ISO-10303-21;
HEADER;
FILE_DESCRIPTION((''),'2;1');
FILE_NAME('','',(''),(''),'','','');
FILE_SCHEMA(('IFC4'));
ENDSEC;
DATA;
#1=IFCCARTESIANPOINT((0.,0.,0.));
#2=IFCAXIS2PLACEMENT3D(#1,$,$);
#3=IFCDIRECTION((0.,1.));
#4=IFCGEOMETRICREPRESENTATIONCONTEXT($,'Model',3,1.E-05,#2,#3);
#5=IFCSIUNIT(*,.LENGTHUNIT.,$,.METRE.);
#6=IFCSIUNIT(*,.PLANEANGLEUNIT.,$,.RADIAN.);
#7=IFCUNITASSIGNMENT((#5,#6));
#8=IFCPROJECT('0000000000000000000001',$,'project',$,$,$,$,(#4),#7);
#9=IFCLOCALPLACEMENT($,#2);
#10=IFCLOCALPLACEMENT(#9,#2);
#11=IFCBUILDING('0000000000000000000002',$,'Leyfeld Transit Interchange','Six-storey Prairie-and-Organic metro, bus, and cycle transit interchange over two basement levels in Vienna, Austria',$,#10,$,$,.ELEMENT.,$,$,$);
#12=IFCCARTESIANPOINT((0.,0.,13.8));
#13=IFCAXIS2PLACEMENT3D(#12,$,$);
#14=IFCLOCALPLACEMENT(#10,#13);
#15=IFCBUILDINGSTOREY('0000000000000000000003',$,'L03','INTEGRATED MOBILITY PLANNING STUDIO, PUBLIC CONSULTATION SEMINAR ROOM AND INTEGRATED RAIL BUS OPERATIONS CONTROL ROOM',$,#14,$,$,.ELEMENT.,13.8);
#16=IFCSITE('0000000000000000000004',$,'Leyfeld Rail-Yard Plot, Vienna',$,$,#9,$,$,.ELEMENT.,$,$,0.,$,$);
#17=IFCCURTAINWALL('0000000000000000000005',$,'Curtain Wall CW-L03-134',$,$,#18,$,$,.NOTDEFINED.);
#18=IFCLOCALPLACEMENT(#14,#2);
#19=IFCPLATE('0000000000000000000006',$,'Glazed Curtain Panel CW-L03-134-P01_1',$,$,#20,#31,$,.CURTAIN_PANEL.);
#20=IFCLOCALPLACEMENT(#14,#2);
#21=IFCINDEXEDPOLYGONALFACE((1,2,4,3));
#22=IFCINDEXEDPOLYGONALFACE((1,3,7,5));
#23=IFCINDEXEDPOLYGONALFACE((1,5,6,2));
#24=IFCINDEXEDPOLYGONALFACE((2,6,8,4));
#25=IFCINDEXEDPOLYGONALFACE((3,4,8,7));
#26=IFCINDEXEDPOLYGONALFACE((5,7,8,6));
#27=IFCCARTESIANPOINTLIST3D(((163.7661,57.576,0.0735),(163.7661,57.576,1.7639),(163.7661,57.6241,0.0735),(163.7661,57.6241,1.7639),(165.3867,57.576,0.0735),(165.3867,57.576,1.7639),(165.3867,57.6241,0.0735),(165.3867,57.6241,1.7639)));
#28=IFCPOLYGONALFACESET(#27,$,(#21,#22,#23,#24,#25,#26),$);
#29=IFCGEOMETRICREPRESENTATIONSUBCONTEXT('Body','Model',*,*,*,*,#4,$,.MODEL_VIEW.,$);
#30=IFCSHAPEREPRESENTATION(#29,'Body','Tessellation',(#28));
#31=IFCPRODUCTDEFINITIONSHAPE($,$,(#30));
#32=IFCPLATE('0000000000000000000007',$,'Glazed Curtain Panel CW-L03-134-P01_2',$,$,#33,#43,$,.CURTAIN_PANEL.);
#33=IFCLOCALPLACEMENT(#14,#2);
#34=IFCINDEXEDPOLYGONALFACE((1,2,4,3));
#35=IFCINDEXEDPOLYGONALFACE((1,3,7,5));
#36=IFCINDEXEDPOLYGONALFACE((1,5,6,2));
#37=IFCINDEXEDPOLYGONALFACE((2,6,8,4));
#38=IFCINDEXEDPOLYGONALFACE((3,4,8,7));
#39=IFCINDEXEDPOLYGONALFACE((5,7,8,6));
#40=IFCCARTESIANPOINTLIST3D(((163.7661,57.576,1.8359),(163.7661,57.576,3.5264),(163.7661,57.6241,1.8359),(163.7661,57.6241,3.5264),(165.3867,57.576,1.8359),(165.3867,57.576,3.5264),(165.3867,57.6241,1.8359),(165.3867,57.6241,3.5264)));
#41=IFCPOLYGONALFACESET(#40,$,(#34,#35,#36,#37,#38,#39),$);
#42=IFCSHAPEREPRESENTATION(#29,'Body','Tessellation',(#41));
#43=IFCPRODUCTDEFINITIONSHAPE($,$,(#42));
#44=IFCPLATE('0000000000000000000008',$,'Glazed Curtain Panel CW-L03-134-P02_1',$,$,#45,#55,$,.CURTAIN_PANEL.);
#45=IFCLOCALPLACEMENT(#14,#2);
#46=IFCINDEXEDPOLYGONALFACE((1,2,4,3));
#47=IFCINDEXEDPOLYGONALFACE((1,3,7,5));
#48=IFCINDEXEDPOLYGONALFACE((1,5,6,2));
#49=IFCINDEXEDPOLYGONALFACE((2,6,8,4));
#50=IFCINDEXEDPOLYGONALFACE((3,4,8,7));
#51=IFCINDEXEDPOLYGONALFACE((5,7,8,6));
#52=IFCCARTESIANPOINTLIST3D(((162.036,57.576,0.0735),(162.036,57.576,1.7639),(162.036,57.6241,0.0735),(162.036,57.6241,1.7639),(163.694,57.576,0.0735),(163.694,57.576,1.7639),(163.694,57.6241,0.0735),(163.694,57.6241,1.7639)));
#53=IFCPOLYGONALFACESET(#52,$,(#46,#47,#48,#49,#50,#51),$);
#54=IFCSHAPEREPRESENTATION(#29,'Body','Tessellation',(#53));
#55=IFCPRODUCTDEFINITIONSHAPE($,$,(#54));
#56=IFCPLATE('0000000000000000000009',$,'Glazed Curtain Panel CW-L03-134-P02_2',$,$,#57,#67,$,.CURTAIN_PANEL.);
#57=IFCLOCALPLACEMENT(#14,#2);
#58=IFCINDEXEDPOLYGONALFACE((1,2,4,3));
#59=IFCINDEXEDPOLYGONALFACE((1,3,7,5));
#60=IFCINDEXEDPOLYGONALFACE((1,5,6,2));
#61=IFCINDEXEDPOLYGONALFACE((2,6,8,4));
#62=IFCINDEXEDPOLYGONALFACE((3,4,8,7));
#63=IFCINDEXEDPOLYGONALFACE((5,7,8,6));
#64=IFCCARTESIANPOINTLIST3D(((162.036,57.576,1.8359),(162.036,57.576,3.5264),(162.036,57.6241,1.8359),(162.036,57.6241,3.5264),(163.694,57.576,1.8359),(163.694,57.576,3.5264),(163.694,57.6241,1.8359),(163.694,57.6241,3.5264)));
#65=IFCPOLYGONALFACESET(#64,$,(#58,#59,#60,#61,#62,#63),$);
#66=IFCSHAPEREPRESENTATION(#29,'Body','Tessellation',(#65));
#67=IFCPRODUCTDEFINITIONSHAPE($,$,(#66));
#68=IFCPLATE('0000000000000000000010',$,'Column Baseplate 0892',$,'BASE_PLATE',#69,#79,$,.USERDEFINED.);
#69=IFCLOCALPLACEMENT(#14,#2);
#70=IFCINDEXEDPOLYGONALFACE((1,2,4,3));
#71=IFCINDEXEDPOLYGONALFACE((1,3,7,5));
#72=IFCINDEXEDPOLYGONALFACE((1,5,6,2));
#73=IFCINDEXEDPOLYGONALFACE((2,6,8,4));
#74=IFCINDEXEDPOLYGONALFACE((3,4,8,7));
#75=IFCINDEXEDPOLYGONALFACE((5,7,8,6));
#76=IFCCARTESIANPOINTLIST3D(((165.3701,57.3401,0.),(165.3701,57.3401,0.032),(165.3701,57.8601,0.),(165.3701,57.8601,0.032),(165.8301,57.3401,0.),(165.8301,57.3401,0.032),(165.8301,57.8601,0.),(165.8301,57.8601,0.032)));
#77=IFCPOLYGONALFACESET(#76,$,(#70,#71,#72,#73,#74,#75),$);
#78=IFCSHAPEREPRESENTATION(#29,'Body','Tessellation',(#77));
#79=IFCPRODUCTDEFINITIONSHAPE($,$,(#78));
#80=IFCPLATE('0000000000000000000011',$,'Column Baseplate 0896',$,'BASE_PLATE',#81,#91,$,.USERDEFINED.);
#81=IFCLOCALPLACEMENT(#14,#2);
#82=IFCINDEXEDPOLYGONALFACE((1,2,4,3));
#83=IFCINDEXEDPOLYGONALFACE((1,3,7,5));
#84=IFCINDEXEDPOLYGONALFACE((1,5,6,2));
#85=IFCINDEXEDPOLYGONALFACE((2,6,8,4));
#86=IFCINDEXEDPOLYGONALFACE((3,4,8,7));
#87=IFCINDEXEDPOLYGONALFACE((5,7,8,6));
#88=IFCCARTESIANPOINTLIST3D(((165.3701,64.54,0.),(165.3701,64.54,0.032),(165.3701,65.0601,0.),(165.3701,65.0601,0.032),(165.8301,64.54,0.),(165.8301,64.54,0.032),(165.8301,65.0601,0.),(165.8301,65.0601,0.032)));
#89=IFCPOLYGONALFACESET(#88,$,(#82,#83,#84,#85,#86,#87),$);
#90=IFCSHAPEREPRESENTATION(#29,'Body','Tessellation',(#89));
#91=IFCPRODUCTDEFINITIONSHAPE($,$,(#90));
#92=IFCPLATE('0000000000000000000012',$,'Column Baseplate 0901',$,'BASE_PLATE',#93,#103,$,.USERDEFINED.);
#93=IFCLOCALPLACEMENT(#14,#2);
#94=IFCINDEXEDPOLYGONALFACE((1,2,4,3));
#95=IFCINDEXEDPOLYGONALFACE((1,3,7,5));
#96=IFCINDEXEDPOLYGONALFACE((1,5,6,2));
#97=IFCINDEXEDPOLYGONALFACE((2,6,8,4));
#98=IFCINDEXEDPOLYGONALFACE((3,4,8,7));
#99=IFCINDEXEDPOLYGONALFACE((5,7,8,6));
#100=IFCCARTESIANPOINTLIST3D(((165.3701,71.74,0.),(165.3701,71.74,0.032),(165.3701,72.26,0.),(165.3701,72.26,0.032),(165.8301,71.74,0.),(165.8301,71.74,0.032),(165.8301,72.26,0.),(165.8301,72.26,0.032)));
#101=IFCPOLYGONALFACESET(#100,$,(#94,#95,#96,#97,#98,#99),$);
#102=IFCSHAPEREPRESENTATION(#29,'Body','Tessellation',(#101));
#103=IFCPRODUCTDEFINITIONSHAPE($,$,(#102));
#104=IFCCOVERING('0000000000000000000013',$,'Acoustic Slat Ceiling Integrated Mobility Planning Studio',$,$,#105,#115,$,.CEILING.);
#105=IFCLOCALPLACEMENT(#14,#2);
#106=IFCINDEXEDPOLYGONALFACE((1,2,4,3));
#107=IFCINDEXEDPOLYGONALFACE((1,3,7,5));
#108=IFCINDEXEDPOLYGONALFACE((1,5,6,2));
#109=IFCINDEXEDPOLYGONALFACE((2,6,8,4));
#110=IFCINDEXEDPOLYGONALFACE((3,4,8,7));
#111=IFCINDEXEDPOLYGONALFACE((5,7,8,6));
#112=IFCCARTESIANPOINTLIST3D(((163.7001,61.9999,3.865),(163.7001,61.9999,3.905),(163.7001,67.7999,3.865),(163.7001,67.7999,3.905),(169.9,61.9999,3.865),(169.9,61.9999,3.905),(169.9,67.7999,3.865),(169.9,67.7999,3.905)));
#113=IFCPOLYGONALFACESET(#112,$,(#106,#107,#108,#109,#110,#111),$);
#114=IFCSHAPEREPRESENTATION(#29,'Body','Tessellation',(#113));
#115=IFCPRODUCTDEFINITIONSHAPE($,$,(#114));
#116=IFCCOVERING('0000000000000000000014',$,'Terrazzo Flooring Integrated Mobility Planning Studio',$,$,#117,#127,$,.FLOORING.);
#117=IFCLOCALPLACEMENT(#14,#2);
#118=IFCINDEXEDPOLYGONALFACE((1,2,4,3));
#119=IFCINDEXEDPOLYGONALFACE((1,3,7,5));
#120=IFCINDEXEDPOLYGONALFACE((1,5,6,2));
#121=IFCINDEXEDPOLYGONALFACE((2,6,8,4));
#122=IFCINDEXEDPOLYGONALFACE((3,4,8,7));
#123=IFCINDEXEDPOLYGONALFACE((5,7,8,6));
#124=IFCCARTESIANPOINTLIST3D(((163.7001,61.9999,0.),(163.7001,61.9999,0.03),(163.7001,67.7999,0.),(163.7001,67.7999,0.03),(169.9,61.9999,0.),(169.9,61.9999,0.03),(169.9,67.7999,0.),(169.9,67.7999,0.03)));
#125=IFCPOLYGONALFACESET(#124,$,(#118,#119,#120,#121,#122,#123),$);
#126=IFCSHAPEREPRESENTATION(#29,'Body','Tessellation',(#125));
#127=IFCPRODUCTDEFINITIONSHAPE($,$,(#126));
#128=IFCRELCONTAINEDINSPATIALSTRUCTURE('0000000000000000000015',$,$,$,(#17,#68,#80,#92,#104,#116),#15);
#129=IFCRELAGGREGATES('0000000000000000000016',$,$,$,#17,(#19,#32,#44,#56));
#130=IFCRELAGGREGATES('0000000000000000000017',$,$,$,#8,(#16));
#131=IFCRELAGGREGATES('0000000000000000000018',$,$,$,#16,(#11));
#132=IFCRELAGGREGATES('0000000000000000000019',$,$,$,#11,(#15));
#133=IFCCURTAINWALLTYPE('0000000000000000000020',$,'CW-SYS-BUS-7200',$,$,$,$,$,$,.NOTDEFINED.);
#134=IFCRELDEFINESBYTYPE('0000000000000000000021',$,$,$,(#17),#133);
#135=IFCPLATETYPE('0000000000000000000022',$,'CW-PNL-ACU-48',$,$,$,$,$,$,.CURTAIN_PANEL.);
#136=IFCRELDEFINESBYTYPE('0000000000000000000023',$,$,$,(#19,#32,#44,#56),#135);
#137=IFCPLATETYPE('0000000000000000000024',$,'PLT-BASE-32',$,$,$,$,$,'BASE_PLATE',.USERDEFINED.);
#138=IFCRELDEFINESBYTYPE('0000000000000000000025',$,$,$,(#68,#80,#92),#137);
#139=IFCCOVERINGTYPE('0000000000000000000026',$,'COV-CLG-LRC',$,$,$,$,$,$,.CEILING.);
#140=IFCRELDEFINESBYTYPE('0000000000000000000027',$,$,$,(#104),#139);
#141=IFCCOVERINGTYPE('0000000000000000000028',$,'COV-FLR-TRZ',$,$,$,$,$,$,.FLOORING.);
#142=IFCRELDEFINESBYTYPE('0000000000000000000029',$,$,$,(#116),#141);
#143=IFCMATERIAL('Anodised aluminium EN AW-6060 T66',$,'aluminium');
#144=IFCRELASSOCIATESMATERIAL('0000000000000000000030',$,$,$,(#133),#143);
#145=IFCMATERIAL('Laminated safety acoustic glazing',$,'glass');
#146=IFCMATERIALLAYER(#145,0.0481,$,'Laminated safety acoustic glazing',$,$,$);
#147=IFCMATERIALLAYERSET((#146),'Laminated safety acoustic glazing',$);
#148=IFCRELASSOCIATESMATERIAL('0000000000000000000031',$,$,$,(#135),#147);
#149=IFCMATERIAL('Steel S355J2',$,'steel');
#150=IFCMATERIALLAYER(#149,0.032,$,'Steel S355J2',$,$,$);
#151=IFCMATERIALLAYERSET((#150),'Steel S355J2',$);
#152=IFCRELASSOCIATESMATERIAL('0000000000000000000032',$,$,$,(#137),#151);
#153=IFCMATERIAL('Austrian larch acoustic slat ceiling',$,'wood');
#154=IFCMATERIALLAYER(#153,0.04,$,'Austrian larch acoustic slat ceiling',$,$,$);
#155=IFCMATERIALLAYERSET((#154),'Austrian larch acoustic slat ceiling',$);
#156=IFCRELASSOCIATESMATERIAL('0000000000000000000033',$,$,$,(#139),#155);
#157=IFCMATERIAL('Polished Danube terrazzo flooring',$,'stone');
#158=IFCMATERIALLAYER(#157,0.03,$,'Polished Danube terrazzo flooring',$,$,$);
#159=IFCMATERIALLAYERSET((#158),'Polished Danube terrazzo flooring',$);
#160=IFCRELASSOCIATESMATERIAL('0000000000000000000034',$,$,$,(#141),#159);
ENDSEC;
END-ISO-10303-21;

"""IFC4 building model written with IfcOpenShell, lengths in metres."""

from ifc_helpers import new_model, si_unit, direction, frame, origin, origin_2d, place, context, subcontext, project, spatial, rectangle, extrude, material, layer, layer_set, type_object, element, aggregate, save


model = new_model("IFC4")

# Units and contexts
model_context = context("Model", 3, precision=1e-05, world=origin(), true_north=direction((0.0, 1.0)))
body_context = subcontext(model_context, "Body", "Model", "MODEL_VIEW")
ifc_project = project(units=[si_unit("LENGTHUNIT", "METRE"), si_unit("PLANEANGLEUNIT", "RADIAN")], contexts=[model_context])

# Site, building, storey
site_placement = place(None, origin())
site = spatial("IfcSite", under=ifc_project, at=site_placement, Name="Leyfeld Rail-Yard Plot, Vienna", CompositionType="ELEMENT", RefElevation=0.0)
building_placement = place(site_placement, origin())
building = spatial("IfcBuilding", under=site, at=building_placement, Name="Leyfeld Transit Interchange", Description="Six-storey Prairie-and-Organic metro, bus, and cycle transit interchange over two basement levels in Vienna, Austria", CompositionType="ELEMENT")
storey_placement = place(building_placement, frame((0.0, 0.0, 13.8)))
storey = spatial("IfcBuildingStorey", under=building, at=storey_placement, Name="L03", Description="INTEGRATED MOBILITY PLANNING STUDIO, PUBLIC CONSULTATION SEMINAR ROOM AND INTEGRATED RAIL BUS OPERATIONS CONTROL ROOM", CompositionType="ELEMENT", Elevation=13.8)

# Shared definitions
ifc_material_1 = material(Name="Steel S355J2", Category="steel")

# Curtain wall, plates
ifc_material_2 = material(Name="Anodised aluminium EN AW-6060 T66", Category="aluminium")
curtain_wall_type = type_object("IfcCurtainWallType", Name="CW-SYS-BUS-7200", PredefinedType="NOTDEFINED", material=ifc_material_2)
curtain_wall_placement = place(storey_placement, origin())
curtain_wall = element("IfcCurtainWall", 1, at=curtain_wall_placement, inside=storey, type_object=curtain_wall_type, Name="Curtain Wall CW-L03-134", PredefinedType="NOTDEFINED")
ifc_material_3 = material(Name="Laminated safety acoustic glazing", Category="glass")
ifc_layer_1 = layer(ifc_material_3, 0.0481, Name="Laminated safety acoustic glazing")
ifc_layer_set_1 = layer_set([ifc_layer_1], Name="Laminated safety acoustic glazing")
plate_type_1 = type_object("IfcPlateType", Name="CW-PNL-ACU-48", PredefinedType="CURTAIN_PANEL", material=ifc_layer_set_1)
plate_1_placement = place(storey_placement, frame((164.5764, 57.6001, 0.0735), z_axis=(0.0, 0.0, 1.0), x_axis=(-1.0, 0.0, 0.0)))
plate_1 = element("IfcPlate", 2, at=plate_1_placement, type_object=plate_type_1, Name="Glazed Curtain Panel CW-L03-134-P01_1", PredefinedType="CURTAIN_PANEL", context=body_context, shape_type="SweptSolid", body=[
    extrude(rectangle(XDim=1.6206, YDim=0.0481, at=origin_2d()), origin(), (0.0, 0.0, 1.0), 1.6904),
])
plate_2_placement = place(storey_placement, frame((164.5764, 57.6001, 1.8359), z_axis=(0.0, 0.0, 1.0), x_axis=(-1.0, 0.0, 0.0)))
plate_2 = element("IfcPlate", 3, at=plate_2_placement, type_object=plate_type_1, Name="Glazed Curtain Panel CW-L03-134-P01_2", PredefinedType="CURTAIN_PANEL", context=body_context, shape_type="SweptSolid", body=[
    extrude(rectangle(XDim=1.6206, YDim=0.0481, at=origin_2d()), origin(), (0.0, 0.0, 1.0), 1.6904),
])
plate_3_placement = place(storey_placement, frame((162.865, 57.6001, 0.0735), z_axis=(0.0, 0.0, 1.0), x_axis=(-1.0, 0.0, 0.0)))
plate_3 = element("IfcPlate", 4, at=plate_3_placement, type_object=plate_type_1, Name="Glazed Curtain Panel CW-L03-134-P02_1", PredefinedType="CURTAIN_PANEL", context=body_context, shape_type="SweptSolid", body=[
    extrude(rectangle(XDim=1.658, YDim=0.0481, at=origin_2d()), origin(), (0.0, 0.0, 1.0), 1.6904),
])
plate_4_placement = place(storey_placement, frame((162.865, 57.6001, 1.8359), z_axis=(0.0, 0.0, 1.0), x_axis=(-1.0, 0.0, 0.0)))
plate_4 = element("IfcPlate", 5, at=plate_4_placement, type_object=plate_type_1, Name="Glazed Curtain Panel CW-L03-134-P02_2", PredefinedType="CURTAIN_PANEL", context=body_context, shape_type="SweptSolid", body=[
    extrude(rectangle(XDim=1.658, YDim=0.0481, at=origin_2d()), origin(), (0.0, 0.0, 1.0), 1.6904),
])
aggregate(curtain_wall, [plate_1, plate_2, plate_3, plate_4])

# Plates
ifc_layer_2 = layer(ifc_material_1, 0.032, Name="Steel S355J2")
ifc_layer_set_2 = layer_set([ifc_layer_2], Name="Steel S355J2")
plate_type_2 = type_object("IfcPlateType", Name="PLT-BASE-32", ElementType="BASE_PLATE", PredefinedType="USERDEFINED", material=ifc_layer_set_2)
for number, where, z_axis, x_axis, name in (
    (6, (165.6001, 57.6001, 0.0), (0.0, 0.0, 1.0), (1.0, 0.0, 0.0), "Column Baseplate 0892"),
    (7, (165.6001, 64.8, 0.0), (0.0, 0.0, 1.0), (1.0, 0.0, 0.0), "Column Baseplate 0896"),
    (8, (165.6001, 72.0, 0.0), (0.0, 0.0, 1.0), (1.0, 0.0, 0.0), "Column Baseplate 0901"),
):
    element("IfcPlate", number, at=place(storey_placement, frame(where, z_axis=z_axis, x_axis=x_axis)), inside=storey, type_object=plate_type_2, Name=name, ObjectType="BASE_PLATE", PredefinedType="USERDEFINED", context=body_context, shape_type="SweptSolid", body=[
        extrude(rectangle(XDim=0.46, YDim=0.52, at=origin_2d()), origin(), (0.0, 0.0, 1.0), 0.032),
    ])

# Coverings
ifc_material_4 = material(Name="Austrian larch acoustic slat ceiling", Category="wood")
ifc_layer_3 = layer(ifc_material_4, 0.04, Name="Austrian larch acoustic slat ceiling")
ifc_layer_set_3 = layer_set([ifc_layer_3], Name="Austrian larch acoustic slat ceiling")
covering_type_1 = type_object("IfcCoveringType", Name="COV-CLG-LRC", PredefinedType="CEILING", material=ifc_layer_set_3)
covering_1_placement = place(storey_placement, frame((166.8, 64.8999, 3.865), z_axis=(0.0, 0.0, 1.0), x_axis=(1.0, 0.0, 0.0)))
element("IfcCovering", 9, at=covering_1_placement, inside=storey, type_object=covering_type_1, Name="Acoustic Slat Ceiling Integrated Mobility Planning Studio", PredefinedType="CEILING", context=body_context, shape_type="SweptSolid", body=[
    extrude(rectangle(XDim=6.2, YDim=5.8, at=origin_2d()), origin(), (0.0, 0.0, 1.0), 0.04),
])
ifc_material_5 = material(Name="Polished Danube terrazzo flooring", Category="stone")
ifc_layer_4 = layer(ifc_material_5, 0.03, Name="Polished Danube terrazzo flooring")
ifc_layer_set_4 = layer_set([ifc_layer_4], Name="Polished Danube terrazzo flooring")
covering_type_2 = type_object("IfcCoveringType", Name="COV-FLR-TRZ", PredefinedType="FLOORING", material=ifc_layer_set_4)
covering_2_placement = place(storey_placement, frame((166.8, 64.8999, 0.0), z_axis=(0.0, 0.0, 1.0), x_axis=(1.0, 0.0, 0.0)))
element("IfcCovering", 10, at=covering_2_placement, inside=storey, type_object=covering_type_2, Name="Terrazzo Flooring Integrated Mobility Planning Studio", PredefinedType="FLOORING", context=body_context, shape_type="SweptSolid", body=[
    extrude(rectangle(XDim=6.2, YDim=5.8, at=origin_2d()), origin(), (0.0, 0.0, 1.0), 0.03),
])

save(model, "model.ifc")
